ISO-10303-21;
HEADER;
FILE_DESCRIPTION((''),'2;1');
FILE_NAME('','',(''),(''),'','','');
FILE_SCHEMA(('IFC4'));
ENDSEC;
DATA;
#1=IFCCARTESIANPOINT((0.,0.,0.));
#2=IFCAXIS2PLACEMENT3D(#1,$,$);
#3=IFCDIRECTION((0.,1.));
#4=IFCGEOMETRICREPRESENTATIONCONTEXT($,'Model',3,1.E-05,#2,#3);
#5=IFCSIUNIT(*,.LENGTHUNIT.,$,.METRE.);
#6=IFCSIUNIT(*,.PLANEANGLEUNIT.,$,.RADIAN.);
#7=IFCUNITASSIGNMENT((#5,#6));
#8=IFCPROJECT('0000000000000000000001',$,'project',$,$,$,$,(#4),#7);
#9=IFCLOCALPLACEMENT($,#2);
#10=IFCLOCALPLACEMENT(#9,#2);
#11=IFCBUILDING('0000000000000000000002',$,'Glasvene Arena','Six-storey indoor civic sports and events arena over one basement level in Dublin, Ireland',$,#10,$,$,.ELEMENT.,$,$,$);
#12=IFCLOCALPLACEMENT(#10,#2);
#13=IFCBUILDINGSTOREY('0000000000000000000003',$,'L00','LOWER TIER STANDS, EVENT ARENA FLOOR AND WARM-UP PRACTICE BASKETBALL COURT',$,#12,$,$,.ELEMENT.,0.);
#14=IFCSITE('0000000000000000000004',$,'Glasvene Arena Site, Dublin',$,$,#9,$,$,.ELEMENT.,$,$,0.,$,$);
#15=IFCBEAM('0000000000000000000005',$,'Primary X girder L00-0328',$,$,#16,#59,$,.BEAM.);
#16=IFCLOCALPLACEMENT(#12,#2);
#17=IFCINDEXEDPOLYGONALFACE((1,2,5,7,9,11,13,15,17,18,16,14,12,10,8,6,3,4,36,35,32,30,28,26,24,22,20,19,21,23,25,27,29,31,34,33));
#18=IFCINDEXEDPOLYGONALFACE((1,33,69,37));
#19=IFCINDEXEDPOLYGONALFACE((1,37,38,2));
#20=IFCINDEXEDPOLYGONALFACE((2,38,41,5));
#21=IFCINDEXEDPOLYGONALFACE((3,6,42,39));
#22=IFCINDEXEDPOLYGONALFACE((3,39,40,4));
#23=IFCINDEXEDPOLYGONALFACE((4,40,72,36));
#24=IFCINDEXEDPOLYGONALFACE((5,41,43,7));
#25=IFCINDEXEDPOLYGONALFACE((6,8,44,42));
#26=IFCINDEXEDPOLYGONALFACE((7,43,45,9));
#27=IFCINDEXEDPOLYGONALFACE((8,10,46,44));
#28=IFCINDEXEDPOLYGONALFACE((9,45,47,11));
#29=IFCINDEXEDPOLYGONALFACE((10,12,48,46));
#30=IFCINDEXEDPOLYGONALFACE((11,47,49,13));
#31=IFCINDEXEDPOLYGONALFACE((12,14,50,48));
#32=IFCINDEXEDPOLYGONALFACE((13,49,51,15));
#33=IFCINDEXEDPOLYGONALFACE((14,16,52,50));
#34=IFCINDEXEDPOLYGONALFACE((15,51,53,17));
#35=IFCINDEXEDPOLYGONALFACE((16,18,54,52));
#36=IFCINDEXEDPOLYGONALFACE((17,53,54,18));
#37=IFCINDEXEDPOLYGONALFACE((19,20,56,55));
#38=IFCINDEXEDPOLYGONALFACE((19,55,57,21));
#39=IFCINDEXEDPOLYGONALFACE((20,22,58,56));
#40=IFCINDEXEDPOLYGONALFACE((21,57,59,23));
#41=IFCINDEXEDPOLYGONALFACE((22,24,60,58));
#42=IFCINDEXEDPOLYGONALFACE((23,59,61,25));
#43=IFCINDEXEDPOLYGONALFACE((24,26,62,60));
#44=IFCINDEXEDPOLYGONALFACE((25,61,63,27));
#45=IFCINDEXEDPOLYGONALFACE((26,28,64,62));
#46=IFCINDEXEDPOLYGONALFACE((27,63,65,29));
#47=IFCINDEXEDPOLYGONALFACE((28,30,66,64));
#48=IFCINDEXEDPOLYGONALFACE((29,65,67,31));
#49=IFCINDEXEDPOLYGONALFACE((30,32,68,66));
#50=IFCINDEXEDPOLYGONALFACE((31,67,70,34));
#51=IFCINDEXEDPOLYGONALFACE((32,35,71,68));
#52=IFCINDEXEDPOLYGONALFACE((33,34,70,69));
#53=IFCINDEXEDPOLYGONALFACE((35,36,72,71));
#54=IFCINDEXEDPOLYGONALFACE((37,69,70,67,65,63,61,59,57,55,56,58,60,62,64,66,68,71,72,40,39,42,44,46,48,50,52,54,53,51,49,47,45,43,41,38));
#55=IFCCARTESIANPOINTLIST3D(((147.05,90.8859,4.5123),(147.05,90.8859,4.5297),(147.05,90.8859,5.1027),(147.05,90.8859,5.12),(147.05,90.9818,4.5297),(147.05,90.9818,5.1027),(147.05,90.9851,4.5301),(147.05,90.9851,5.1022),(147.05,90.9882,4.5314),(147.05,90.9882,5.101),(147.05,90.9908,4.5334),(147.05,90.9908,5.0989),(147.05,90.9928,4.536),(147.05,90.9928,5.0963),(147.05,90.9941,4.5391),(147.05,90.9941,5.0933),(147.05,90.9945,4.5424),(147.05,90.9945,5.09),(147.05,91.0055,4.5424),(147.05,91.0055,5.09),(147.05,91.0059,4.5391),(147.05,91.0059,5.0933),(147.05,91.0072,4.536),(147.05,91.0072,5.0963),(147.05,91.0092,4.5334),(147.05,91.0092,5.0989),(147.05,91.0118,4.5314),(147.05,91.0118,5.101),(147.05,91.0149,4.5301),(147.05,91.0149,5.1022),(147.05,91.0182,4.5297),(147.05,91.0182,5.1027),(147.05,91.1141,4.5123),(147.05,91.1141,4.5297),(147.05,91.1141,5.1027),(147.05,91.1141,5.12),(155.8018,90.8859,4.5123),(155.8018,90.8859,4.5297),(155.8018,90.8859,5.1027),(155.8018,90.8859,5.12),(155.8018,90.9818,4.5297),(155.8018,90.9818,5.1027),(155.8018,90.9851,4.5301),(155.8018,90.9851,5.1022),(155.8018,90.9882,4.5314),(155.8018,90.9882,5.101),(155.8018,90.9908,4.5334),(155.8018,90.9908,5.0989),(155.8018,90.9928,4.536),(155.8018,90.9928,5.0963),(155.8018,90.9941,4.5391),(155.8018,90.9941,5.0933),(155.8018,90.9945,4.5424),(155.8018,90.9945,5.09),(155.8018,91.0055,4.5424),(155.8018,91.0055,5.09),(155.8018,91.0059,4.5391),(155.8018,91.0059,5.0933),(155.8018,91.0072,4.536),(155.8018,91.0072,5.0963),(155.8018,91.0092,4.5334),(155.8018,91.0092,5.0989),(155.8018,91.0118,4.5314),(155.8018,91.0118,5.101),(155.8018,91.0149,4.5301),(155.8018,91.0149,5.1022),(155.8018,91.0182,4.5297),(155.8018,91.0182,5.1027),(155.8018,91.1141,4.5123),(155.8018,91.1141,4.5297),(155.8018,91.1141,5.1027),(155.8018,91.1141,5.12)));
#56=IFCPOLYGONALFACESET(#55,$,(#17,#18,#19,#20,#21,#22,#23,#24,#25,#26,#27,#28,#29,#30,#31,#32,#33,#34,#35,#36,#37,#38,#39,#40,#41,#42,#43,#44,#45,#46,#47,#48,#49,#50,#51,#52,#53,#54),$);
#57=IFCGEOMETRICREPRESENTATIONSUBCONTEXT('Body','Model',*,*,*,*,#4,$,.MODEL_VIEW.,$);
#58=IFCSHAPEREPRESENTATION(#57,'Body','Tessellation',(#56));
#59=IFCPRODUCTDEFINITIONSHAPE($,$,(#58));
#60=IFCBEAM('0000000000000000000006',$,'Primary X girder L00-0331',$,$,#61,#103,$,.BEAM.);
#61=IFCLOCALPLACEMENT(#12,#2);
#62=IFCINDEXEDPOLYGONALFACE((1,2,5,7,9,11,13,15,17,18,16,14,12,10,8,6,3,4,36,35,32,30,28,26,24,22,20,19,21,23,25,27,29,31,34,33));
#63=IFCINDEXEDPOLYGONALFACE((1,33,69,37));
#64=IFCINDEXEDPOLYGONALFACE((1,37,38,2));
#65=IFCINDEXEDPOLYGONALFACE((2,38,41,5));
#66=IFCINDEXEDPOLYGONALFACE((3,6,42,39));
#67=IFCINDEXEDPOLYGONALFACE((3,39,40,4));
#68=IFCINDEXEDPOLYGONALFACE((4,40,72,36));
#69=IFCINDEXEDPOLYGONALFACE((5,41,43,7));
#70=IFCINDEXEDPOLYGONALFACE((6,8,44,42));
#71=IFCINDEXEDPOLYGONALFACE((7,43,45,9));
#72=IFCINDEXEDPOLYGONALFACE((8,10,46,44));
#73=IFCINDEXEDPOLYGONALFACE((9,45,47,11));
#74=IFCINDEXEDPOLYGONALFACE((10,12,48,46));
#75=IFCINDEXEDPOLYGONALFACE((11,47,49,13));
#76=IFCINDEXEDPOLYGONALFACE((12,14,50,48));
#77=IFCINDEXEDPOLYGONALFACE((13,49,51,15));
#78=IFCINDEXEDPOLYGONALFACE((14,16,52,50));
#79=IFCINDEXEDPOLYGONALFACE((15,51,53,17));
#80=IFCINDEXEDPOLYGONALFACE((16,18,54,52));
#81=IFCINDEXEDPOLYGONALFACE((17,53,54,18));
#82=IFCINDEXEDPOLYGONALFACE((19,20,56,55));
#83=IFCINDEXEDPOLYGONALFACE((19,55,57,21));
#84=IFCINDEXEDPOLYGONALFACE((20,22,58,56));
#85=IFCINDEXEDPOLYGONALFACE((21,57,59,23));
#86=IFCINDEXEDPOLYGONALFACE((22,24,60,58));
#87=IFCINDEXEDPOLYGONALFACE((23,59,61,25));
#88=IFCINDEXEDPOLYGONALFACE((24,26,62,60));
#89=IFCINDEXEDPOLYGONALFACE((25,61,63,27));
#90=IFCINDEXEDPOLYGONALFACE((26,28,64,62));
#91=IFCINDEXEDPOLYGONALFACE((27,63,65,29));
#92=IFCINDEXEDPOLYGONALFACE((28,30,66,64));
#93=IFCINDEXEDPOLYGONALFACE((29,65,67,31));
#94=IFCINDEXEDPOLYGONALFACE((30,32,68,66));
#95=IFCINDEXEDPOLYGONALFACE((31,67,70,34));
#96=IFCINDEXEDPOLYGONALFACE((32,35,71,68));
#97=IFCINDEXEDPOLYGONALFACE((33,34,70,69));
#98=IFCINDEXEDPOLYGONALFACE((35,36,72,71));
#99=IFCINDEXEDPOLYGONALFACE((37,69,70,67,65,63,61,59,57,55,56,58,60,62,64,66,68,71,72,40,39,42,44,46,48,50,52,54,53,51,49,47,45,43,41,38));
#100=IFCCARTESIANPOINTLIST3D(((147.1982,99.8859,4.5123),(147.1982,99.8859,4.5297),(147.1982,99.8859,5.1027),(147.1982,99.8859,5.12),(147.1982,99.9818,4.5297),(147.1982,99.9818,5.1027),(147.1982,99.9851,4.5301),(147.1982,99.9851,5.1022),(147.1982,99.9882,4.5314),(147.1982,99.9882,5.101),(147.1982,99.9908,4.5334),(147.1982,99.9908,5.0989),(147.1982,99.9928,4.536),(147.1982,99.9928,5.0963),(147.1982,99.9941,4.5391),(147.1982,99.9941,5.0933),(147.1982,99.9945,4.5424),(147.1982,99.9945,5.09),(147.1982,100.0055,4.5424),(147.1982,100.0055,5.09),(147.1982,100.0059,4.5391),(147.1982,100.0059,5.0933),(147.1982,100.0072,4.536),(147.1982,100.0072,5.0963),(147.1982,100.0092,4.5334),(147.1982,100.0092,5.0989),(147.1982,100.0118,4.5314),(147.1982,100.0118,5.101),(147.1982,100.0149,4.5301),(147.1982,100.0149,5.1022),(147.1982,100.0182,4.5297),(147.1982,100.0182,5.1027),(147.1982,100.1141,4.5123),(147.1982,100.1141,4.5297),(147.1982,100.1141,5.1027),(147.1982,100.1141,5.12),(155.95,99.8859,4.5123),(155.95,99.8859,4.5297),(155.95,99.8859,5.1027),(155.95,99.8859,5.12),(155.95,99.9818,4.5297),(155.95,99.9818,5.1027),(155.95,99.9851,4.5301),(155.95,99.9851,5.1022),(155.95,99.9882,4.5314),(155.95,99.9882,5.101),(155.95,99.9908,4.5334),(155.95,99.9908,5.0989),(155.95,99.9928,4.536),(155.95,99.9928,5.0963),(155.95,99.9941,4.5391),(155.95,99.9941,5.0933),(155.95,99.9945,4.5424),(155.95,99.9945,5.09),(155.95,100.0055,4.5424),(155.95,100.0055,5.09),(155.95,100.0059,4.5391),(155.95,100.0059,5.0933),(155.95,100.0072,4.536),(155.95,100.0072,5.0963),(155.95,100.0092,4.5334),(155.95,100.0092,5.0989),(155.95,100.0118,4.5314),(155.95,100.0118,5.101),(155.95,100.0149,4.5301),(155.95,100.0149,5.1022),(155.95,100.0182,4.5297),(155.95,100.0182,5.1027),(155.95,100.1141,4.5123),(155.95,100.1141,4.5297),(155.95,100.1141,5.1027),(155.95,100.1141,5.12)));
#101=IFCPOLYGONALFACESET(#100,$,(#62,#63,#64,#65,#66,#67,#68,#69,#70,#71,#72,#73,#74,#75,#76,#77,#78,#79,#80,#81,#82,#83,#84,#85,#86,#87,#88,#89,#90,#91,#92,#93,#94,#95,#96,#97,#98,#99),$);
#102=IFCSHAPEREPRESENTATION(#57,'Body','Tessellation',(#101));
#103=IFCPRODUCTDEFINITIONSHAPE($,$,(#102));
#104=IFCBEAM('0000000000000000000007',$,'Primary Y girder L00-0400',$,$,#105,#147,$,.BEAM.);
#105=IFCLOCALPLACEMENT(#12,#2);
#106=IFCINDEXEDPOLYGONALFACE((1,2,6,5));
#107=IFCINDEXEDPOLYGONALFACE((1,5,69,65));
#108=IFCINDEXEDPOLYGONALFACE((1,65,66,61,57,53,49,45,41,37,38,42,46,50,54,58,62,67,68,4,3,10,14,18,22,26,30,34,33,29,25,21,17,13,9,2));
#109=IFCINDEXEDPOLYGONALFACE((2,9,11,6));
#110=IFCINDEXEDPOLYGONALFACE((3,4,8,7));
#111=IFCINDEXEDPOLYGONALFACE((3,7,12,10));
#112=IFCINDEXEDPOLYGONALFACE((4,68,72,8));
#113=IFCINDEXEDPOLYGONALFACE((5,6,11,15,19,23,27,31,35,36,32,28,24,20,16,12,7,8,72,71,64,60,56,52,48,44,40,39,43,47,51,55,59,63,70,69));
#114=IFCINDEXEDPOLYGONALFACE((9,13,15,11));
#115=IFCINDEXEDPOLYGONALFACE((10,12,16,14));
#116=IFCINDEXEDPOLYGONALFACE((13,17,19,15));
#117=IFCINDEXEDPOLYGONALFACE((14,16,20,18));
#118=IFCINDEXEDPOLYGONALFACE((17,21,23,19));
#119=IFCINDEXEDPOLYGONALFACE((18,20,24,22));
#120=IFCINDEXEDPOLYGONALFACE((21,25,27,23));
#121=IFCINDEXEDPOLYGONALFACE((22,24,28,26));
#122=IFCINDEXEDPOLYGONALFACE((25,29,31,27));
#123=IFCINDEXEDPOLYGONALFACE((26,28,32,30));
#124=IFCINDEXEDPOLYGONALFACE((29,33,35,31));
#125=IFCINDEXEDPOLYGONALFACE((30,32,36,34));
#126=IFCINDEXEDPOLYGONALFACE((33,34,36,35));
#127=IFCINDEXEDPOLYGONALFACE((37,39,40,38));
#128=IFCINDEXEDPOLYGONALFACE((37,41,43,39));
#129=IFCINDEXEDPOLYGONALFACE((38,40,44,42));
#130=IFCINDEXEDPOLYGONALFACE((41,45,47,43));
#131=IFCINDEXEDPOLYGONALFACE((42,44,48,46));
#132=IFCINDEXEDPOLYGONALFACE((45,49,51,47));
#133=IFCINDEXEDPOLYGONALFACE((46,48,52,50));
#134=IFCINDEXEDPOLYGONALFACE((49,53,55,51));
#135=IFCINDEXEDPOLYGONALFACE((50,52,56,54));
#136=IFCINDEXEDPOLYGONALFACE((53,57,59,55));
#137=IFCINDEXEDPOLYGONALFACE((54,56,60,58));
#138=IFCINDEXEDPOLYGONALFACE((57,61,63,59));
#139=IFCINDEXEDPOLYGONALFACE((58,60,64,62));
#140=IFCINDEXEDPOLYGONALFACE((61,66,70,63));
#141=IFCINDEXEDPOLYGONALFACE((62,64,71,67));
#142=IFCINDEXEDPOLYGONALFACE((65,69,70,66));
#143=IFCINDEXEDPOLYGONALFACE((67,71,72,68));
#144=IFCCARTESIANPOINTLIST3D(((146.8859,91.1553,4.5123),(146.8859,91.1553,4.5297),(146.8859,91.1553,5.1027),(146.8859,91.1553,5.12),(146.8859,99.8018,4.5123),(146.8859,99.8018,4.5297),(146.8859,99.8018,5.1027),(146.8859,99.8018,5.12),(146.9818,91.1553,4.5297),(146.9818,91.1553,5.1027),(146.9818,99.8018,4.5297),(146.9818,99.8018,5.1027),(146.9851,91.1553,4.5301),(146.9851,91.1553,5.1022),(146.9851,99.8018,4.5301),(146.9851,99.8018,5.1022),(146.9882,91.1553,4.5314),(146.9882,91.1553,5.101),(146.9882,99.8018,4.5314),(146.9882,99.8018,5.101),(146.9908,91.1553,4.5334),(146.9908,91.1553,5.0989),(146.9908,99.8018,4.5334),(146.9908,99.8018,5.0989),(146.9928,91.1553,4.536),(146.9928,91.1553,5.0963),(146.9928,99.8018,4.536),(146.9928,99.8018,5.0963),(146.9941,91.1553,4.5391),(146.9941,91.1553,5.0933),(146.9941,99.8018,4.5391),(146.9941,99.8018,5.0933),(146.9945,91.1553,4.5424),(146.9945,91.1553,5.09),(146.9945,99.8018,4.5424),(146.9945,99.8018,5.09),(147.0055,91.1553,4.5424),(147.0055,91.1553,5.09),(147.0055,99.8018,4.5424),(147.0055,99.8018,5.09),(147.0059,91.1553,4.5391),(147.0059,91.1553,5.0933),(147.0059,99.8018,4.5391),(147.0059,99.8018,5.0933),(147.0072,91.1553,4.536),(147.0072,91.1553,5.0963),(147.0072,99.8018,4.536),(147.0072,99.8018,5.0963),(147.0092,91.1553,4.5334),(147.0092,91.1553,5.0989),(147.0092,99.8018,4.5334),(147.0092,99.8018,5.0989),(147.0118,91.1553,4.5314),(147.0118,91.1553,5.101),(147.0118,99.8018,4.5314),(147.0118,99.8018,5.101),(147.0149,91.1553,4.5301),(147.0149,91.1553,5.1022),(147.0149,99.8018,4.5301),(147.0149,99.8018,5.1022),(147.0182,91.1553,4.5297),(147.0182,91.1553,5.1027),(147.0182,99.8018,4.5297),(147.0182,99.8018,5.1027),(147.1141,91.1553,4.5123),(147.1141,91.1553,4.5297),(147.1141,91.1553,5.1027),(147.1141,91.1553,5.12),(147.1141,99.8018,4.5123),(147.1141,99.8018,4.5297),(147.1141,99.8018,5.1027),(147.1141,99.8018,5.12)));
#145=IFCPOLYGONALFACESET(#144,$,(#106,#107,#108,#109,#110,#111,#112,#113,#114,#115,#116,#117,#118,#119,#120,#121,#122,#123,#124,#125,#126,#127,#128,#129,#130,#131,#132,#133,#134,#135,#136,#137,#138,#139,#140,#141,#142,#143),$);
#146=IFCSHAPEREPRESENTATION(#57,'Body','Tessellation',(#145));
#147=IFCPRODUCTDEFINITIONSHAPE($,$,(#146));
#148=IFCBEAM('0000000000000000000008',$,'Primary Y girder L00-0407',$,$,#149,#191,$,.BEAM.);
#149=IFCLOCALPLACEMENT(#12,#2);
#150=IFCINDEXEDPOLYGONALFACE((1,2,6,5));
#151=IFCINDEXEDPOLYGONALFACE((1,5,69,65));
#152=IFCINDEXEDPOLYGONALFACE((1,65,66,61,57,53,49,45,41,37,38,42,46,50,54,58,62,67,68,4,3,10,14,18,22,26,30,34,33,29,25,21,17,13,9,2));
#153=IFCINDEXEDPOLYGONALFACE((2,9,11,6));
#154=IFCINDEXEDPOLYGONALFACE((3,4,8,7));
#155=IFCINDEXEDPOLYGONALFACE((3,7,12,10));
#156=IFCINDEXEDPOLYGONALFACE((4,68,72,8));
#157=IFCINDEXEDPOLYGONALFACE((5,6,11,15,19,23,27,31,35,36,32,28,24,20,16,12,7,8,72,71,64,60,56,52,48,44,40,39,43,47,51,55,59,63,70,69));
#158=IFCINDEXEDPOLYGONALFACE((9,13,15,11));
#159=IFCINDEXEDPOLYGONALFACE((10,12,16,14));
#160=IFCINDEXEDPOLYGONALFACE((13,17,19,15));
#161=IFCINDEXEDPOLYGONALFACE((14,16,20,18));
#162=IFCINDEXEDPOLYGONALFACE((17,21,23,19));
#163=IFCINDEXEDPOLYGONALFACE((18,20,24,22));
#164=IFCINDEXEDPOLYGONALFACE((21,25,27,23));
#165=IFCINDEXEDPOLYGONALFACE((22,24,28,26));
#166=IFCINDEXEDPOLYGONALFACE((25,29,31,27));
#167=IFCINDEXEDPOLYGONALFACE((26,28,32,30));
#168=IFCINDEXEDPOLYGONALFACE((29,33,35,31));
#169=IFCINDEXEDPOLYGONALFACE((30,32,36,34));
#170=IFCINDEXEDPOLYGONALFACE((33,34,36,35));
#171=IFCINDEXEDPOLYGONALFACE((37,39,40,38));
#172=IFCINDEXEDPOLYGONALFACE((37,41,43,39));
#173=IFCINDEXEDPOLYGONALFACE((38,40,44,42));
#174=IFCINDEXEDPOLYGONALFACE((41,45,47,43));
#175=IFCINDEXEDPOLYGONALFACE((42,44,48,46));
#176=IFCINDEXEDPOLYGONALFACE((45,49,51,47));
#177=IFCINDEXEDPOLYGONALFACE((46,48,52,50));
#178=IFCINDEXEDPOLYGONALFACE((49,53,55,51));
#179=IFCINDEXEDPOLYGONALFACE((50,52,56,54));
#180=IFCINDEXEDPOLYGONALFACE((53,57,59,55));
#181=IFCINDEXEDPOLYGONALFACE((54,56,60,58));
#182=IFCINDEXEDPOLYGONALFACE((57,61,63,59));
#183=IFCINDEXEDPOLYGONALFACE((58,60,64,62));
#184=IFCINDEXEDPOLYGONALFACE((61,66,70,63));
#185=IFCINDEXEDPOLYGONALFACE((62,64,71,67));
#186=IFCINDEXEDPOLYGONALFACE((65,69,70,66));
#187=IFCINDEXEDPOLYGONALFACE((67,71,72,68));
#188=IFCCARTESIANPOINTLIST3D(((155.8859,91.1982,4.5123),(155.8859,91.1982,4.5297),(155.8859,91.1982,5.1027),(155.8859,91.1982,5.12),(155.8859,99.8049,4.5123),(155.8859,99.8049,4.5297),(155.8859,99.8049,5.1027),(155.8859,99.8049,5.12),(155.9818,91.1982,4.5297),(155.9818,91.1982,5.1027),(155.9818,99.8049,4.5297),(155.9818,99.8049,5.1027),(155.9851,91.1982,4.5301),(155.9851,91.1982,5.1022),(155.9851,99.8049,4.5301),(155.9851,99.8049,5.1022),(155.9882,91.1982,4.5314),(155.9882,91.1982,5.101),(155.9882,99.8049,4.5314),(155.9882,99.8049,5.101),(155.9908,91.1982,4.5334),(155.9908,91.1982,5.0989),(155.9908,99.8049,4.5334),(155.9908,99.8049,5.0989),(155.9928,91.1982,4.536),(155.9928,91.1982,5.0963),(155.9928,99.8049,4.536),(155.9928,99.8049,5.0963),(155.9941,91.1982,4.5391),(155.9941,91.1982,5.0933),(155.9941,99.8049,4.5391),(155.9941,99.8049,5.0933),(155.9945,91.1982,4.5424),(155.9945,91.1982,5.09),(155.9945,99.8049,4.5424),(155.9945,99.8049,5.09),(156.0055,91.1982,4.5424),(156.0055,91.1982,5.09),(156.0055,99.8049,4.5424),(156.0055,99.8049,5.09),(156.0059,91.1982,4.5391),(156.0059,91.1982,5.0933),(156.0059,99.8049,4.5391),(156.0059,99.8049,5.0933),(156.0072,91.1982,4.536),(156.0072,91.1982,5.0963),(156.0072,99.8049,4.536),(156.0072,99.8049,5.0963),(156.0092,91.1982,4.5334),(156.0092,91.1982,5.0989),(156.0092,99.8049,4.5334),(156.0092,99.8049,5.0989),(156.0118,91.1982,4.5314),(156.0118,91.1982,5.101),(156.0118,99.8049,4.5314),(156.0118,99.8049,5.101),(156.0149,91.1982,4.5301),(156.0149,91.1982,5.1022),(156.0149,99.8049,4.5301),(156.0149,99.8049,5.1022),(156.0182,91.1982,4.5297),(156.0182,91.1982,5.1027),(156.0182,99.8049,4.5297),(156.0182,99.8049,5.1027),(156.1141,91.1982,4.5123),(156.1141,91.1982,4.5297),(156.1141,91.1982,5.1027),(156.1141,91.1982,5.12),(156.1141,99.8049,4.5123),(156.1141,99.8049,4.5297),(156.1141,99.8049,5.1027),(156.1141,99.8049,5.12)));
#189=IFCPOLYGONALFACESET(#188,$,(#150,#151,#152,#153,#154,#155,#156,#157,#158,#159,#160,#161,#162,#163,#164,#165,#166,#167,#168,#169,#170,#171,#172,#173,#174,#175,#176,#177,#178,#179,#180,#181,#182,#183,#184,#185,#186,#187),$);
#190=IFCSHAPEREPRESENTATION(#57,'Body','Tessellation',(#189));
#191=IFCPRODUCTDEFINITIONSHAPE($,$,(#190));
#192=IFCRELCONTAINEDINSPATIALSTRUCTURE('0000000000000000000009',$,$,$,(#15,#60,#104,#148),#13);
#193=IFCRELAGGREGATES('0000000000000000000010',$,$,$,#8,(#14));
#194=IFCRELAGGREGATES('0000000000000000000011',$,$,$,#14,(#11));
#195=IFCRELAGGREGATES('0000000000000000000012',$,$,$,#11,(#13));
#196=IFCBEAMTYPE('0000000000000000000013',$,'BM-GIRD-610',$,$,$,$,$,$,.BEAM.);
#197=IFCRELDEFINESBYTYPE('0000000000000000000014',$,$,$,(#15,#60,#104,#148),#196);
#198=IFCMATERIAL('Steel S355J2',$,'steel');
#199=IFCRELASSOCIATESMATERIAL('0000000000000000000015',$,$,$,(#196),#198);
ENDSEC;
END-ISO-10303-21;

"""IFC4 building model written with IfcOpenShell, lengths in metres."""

from ifc_helpers import new_model, si_unit, direction, frame, origin, origin_2d, place, context, subcontext, project, spatial, i_section, extrude, material, material_profile, profile_set, type_object, element, save


model = new_model("IFC4")

# Units and contexts
model_context = context("Model", 3, precision=1e-05, world=origin(), true_north=direction((0.0, 1.0)))
body_context = subcontext(model_context, "Body", "Model", "MODEL_VIEW")
ifc_project = project(units=[si_unit("LENGTHUNIT", "METRE"), si_unit("PLANEANGLEUNIT", "RADIAN")], contexts=[model_context])

# Site, building, storey
site_placement = place(None, origin())
site = spatial("IfcSite", under=ifc_project, at=site_placement, Name="Glasvene Arena Site, Dublin", CompositionType="ELEMENT", RefElevation=0.0)
building_placement = place(site_placement, origin())
building = spatial("IfcBuilding", under=site, at=building_placement, Name="Glasvene Arena", Description="Six-storey indoor civic sports and events arena over one basement level in Dublin, Ireland", CompositionType="ELEMENT")
storey_placement = place(building_placement, origin())
storey = spatial("IfcBuildingStorey", under=building, at=storey_placement, Name="L00", Description="LOWER TIER STANDS, EVENT ARENA FLOOR AND WARM-UP PRACTICE BASKETBALL COURT", CompositionType="ELEMENT", Elevation=0.0)

# Shared definitions
ifc_material_1 = material(Name="Steel S355J2", Category="steel")

# Beams
ifc_material_profile_1 = material_profile(ifc_material_1, i_section(OverallWidth=0.2283, OverallDepth=0.6077, WebThickness=0.011, FlangeThickness=0.0173, FilletRadius=0.0127, at=origin_2d()), Name="UKB 610x229x113")
ifc_profile_set_1 = profile_set([ifc_material_profile_1], Name="Steel S355J2")
beam_type_1 = type_object("IfcBeamType", Name="BM-GIRD-610", PredefinedType="BEAM", material=ifc_profile_set_1)
for number, where, z_axis, x_axis, name in (
    (1, (147.05, 91.0, 4.8162), (1.0, 0.0, 0.0), (0.0, 1.0, 0.0), "Primary X girder L00-0328"),
    (2, (147.1982, 100.0, 4.8162), (1.0, 0.0, 0.0), (0.0, 1.0, 0.0), "Primary X girder L00-0331"),
):
    element("IfcBeam", number, at=place(storey_placement, frame(where, z_axis=z_axis, x_axis=x_axis)), inside=storey, type_object=beam_type_1, Name=name, PredefinedType="BEAM", context=body_context, shape_type="SweptSolid", body=[
        extrude(i_section(OverallWidth=0.2283, OverallDepth=0.6077, WebThickness=0.011, FlangeThickness=0.0173, FilletRadius=0.0127, at=origin_2d()), origin(), (0.0, 0.0, 1.0), 8.7517),
    ])
beam_1_placement = place(storey_placement, frame((147.0, 91.1553, 4.8162), z_axis=(0.0, 1.0, 0.0), x_axis=(-1.0, 0.0, 0.0)))
element("IfcBeam", 3, at=beam_1_placement, inside=storey, type_object=beam_type_1, Name="Primary Y girder L00-0400", PredefinedType="BEAM", context=body_context, shape_type="SweptSolid", body=[
    extrude(i_section(OverallWidth=0.2283, OverallDepth=0.6077, WebThickness=0.011, FlangeThickness=0.0173, FilletRadius=0.0127, at=origin_2d()), origin(), (0.0, 0.0, 1.0), 8.6465),
])
beam_2_placement = place(storey_placement, frame((156.0, 91.1982, 4.8162), z_axis=(0.0, 1.0, 0.0), x_axis=(-1.0, 0.0, 0.0)))
element("IfcBeam", 4, at=beam_2_placement, inside=storey, type_object=beam_type_1, Name="Primary Y girder L00-0407", PredefinedType="BEAM", context=body_context, shape_type="SweptSolid", body=[
    extrude(i_section(OverallWidth=0.2283, OverallDepth=0.6077, WebThickness=0.011, FlangeThickness=0.0173, FilletRadius=0.0127, at=origin_2d()), origin(), (0.0, 0.0, 1.0), 8.6067),
])

save(model, "model.ifc")
